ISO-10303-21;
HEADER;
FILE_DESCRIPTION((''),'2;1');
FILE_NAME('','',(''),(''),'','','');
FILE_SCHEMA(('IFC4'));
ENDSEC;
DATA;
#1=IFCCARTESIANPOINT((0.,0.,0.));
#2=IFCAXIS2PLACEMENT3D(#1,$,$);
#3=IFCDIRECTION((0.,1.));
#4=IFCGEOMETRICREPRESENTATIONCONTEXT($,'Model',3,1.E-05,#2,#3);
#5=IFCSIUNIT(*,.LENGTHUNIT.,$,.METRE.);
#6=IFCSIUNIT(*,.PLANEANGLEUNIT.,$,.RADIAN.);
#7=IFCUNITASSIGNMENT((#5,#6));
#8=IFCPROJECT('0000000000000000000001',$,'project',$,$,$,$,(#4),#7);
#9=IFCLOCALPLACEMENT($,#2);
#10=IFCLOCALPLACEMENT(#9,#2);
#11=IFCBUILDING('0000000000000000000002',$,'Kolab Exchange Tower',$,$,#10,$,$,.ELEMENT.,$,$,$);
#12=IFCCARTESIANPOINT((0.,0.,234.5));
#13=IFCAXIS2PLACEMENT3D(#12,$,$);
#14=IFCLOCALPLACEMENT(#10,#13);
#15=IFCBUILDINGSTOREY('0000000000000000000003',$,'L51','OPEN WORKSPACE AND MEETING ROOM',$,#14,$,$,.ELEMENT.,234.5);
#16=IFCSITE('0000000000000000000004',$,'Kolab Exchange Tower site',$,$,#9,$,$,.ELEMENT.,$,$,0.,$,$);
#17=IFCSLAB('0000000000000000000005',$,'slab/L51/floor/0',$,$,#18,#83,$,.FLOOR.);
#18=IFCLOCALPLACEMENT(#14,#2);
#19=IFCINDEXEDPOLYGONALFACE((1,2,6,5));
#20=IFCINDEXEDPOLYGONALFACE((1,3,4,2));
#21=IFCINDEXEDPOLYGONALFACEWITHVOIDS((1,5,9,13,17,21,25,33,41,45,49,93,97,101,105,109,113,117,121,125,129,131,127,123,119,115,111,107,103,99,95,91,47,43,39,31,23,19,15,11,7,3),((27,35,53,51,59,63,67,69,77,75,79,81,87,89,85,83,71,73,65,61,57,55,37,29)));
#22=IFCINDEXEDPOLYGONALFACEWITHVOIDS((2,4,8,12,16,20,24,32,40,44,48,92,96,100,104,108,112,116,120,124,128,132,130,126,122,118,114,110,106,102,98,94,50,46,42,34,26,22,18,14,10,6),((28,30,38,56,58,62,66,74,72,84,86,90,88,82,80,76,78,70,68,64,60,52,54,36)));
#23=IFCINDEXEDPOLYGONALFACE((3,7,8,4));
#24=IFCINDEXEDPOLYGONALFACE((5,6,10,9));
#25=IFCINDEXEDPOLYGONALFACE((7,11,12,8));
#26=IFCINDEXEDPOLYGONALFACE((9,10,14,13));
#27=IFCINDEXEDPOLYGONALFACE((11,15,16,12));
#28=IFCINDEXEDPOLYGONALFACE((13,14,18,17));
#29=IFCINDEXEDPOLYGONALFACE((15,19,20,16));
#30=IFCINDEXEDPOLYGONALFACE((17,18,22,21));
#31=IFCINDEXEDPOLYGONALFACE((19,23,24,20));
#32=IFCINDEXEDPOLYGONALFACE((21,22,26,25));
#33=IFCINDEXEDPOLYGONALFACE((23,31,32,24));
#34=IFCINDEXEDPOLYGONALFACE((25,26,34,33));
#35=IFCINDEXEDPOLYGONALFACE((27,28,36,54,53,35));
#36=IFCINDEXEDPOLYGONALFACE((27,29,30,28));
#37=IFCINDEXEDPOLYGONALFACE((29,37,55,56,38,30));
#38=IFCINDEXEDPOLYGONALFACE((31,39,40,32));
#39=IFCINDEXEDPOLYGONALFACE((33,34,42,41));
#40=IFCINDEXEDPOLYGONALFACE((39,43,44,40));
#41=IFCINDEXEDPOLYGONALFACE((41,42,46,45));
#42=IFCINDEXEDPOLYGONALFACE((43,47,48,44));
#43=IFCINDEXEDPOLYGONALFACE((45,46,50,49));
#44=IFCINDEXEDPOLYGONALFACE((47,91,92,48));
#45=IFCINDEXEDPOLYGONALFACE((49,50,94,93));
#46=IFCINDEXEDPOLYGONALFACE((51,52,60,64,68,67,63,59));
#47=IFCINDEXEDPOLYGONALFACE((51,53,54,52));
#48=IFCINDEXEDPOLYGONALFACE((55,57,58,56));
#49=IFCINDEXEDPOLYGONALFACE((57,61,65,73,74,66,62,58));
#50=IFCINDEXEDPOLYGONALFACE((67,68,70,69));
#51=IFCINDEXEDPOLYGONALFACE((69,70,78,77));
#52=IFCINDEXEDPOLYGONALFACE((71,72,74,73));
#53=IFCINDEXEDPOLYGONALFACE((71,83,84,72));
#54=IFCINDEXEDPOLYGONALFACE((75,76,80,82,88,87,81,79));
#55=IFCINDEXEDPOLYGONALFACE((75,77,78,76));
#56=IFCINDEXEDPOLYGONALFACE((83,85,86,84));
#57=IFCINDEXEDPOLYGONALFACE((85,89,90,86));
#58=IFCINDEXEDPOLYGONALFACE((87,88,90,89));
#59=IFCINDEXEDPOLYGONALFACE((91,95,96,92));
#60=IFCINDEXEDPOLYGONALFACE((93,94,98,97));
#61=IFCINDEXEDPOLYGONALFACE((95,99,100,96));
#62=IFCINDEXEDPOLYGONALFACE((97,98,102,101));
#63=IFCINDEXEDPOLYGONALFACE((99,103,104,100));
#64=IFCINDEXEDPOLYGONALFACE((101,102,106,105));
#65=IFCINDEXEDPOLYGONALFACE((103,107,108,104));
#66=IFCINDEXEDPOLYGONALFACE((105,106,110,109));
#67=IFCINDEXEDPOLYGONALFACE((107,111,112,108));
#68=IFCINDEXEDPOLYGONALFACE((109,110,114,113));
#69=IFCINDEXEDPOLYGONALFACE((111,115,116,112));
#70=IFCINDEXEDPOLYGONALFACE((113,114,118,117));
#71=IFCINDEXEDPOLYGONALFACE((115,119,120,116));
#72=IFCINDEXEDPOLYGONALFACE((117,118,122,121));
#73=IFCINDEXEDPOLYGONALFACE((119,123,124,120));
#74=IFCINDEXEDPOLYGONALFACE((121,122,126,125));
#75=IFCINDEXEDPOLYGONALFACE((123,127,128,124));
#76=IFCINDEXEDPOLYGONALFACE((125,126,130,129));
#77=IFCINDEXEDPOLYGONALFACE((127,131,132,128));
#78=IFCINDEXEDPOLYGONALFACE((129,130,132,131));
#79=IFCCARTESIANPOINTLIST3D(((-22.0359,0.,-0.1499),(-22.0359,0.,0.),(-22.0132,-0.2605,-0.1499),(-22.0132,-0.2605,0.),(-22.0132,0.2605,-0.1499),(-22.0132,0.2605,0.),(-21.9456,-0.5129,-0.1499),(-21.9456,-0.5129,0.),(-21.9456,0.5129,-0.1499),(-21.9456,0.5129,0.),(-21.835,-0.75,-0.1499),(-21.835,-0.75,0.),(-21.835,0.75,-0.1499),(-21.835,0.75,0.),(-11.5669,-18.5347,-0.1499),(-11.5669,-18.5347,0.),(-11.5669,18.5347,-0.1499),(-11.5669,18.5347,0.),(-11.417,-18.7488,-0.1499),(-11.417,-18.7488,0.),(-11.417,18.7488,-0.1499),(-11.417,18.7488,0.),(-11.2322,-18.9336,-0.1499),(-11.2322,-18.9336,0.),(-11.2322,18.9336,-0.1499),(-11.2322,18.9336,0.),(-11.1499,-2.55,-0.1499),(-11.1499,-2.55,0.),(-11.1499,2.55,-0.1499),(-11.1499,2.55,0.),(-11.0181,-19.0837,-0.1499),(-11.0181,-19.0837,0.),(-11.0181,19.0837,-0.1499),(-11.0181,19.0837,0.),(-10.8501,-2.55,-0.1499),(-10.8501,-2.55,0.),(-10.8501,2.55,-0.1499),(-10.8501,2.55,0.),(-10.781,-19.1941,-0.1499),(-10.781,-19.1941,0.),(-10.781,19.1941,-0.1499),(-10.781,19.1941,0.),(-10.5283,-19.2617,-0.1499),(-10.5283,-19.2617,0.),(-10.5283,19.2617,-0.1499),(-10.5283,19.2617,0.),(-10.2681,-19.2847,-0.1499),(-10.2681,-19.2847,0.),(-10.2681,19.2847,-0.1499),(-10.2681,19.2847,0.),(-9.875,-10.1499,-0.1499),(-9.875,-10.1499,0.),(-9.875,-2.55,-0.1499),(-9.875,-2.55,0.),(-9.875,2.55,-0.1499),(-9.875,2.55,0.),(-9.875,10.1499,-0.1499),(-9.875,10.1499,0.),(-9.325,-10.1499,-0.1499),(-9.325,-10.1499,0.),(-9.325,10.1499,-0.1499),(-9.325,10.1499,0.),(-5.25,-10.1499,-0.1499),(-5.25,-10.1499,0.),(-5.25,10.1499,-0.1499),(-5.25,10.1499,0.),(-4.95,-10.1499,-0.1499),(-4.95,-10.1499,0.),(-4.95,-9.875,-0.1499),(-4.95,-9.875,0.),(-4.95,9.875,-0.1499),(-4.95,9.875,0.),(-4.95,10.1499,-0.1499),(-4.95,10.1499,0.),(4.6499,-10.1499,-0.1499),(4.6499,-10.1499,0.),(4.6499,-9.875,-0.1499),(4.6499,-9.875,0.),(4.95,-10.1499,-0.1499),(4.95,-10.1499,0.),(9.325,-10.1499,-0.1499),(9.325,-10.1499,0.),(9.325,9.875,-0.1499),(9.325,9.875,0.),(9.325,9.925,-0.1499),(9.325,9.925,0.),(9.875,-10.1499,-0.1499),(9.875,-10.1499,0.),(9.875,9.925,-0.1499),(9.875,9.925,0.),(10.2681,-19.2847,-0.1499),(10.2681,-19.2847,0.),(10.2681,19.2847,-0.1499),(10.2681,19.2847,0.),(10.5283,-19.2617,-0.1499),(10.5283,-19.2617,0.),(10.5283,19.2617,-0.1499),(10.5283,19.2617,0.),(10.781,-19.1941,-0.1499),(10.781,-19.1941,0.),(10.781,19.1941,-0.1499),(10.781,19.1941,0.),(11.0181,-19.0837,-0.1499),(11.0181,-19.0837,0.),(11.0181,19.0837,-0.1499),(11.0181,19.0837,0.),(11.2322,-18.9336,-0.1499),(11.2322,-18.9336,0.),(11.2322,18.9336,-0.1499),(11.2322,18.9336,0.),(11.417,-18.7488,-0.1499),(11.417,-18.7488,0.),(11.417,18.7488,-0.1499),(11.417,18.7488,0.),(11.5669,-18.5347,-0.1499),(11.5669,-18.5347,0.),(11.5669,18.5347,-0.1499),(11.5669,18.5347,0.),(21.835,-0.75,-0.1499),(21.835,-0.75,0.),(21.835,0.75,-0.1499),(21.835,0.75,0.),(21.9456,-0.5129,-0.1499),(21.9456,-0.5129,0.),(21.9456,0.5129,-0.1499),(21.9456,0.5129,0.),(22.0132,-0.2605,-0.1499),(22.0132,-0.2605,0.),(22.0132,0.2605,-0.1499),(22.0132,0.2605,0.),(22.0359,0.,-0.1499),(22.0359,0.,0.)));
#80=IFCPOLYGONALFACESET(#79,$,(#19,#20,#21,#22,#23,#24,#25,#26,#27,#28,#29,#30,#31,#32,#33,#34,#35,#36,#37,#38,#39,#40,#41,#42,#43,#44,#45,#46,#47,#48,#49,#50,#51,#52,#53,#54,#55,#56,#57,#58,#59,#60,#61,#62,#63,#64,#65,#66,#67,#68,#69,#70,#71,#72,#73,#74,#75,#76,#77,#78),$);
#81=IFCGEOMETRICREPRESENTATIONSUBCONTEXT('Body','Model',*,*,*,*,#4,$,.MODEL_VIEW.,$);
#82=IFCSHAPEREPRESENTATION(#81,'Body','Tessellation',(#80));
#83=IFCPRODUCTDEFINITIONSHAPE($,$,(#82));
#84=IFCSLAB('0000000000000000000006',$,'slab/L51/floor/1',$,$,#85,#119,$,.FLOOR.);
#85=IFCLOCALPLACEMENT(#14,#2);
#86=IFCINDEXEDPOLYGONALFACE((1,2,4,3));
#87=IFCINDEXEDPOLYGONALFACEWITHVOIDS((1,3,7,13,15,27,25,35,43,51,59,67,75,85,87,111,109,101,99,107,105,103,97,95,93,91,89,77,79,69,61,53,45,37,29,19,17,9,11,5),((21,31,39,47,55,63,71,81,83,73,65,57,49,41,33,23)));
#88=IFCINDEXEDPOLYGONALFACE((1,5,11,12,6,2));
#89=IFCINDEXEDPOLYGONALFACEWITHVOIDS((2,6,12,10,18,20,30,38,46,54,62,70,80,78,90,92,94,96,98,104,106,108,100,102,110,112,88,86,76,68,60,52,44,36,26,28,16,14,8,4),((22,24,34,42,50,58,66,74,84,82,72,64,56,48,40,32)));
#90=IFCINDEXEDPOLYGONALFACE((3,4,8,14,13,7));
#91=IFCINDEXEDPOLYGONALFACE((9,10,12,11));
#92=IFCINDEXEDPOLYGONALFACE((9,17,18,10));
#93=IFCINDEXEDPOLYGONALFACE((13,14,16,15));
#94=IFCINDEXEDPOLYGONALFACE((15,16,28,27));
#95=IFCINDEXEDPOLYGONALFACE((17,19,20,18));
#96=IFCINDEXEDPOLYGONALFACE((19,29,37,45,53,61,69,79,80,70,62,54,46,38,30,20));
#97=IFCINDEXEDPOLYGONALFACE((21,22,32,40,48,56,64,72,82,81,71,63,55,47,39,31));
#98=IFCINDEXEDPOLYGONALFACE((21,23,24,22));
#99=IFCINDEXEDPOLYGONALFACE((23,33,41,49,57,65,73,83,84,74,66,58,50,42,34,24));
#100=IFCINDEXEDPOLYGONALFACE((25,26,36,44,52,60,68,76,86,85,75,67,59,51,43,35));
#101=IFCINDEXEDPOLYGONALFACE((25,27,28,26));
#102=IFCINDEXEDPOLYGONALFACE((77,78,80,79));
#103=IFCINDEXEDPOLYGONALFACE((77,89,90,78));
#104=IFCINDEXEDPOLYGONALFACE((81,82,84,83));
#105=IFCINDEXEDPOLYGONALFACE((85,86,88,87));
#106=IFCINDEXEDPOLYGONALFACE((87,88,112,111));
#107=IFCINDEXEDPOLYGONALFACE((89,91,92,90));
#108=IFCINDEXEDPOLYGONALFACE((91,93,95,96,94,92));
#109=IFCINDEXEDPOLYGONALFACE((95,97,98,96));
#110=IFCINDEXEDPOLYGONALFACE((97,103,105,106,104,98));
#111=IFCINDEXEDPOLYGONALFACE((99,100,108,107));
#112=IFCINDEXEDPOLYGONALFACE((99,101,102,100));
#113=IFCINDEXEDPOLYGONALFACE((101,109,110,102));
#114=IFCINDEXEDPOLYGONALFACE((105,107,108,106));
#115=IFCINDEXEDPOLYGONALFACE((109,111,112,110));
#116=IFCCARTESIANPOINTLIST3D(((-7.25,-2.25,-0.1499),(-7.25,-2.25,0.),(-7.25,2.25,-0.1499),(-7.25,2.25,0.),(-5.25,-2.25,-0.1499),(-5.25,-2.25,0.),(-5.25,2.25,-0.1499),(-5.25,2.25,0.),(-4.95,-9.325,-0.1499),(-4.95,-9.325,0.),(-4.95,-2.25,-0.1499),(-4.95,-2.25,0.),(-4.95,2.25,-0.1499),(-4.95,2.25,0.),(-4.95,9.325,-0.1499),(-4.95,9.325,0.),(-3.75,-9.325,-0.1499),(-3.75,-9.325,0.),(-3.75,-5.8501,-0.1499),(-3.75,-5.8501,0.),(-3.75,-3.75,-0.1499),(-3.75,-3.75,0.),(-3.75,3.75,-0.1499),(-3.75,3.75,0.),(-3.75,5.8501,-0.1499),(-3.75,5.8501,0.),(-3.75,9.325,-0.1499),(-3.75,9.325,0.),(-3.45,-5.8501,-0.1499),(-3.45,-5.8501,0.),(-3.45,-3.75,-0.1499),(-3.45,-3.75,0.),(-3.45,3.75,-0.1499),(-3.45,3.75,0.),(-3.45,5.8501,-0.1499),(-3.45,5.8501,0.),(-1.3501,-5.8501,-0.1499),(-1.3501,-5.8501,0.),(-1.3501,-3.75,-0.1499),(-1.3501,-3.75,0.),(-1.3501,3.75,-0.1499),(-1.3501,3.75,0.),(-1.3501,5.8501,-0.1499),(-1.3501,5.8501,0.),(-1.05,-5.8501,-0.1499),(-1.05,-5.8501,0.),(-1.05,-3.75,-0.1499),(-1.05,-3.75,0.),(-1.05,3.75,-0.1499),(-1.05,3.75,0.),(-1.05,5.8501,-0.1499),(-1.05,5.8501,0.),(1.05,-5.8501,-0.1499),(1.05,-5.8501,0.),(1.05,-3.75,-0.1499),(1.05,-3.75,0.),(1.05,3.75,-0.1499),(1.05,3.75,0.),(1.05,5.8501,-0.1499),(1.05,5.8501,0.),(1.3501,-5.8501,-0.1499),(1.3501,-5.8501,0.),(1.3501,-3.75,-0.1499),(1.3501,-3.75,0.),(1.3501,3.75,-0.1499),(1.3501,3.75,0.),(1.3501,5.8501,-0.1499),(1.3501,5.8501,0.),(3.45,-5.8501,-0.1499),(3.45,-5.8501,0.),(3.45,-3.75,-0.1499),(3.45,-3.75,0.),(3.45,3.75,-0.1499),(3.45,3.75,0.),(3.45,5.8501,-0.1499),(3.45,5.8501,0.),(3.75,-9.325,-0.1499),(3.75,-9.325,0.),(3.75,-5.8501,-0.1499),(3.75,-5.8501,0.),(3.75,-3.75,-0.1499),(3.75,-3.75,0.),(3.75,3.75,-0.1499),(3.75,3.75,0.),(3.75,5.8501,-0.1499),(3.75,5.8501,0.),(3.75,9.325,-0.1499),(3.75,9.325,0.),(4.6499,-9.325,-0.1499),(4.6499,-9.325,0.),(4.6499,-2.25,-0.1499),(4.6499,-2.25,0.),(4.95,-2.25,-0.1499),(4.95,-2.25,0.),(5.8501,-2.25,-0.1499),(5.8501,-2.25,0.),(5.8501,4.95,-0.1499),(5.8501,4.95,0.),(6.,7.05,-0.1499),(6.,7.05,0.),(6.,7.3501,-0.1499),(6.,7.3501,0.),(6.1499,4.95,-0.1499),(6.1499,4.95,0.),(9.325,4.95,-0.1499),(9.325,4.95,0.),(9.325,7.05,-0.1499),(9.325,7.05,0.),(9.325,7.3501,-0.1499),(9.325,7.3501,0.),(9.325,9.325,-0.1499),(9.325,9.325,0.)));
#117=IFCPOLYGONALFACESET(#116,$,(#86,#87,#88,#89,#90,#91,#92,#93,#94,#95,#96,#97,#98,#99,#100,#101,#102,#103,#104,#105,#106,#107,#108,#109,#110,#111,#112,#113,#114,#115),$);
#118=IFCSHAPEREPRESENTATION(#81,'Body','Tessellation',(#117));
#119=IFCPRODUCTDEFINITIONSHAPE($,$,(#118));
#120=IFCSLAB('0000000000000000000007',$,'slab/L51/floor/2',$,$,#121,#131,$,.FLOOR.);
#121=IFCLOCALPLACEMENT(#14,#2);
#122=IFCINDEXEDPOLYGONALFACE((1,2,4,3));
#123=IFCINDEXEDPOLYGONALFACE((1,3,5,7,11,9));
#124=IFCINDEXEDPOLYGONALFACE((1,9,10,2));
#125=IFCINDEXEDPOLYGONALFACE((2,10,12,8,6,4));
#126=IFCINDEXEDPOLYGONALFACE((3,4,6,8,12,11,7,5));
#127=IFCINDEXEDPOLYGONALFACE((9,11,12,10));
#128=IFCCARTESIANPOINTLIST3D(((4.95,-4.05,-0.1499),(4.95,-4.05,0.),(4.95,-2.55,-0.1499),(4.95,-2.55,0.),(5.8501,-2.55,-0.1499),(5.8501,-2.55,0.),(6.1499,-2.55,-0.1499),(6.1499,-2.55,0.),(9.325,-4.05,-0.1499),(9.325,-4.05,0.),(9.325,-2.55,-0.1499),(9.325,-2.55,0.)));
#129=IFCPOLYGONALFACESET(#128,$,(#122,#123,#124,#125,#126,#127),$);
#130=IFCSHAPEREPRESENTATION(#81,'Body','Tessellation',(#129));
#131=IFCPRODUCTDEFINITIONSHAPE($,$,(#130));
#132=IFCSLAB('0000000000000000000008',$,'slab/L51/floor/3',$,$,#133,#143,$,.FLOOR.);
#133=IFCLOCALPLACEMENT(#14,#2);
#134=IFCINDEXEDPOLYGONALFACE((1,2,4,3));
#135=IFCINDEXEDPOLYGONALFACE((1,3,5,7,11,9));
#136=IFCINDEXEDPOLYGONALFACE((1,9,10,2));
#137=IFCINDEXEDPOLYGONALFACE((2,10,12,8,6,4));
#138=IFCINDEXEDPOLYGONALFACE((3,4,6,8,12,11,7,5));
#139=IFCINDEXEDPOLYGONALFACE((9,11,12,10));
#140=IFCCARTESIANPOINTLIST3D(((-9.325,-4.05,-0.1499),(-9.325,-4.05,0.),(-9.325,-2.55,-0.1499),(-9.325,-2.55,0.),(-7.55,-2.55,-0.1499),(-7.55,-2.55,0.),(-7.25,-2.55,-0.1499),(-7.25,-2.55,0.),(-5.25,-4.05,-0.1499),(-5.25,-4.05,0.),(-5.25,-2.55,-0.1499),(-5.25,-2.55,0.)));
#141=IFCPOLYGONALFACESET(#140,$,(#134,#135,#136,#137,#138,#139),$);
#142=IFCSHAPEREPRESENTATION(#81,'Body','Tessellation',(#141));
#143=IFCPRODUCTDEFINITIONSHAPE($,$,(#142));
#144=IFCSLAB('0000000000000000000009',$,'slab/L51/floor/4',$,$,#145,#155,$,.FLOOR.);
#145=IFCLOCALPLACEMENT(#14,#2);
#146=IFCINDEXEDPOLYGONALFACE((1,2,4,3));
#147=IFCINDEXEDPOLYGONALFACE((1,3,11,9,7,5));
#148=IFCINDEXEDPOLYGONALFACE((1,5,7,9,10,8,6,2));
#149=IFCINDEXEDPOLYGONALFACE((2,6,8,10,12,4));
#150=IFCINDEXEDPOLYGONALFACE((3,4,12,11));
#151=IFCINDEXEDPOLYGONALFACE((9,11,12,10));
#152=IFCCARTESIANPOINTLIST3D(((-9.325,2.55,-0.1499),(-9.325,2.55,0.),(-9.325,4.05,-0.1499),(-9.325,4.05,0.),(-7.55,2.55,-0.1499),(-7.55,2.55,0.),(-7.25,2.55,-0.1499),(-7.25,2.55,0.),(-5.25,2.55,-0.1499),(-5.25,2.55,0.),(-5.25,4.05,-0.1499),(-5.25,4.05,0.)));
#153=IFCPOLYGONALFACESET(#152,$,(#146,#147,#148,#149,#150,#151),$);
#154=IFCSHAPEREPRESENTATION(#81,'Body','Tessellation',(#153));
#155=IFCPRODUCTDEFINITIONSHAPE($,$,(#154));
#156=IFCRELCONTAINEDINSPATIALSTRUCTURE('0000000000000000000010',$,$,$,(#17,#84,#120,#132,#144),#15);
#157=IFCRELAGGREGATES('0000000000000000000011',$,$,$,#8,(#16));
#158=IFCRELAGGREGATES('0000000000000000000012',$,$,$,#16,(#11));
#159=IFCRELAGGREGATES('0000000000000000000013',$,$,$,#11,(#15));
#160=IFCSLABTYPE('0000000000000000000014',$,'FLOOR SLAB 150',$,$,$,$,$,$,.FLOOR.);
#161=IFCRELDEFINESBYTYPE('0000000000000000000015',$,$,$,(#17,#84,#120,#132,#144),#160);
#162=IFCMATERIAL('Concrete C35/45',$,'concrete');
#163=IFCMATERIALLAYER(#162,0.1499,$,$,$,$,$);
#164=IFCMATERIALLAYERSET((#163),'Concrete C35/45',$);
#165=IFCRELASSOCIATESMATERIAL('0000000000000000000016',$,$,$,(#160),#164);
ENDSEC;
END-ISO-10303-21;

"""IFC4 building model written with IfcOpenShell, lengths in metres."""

from ifc_helpers import new_model, si_unit, direction, frame, origin, place, context, subcontext, project, spatial, polyline, outline, extrude, material, layer, layer_set, type_object, element, save


model = new_model("IFC4")

# Units and contexts
model_context = context("Model", 3, precision=1e-05, world=origin(), true_north=direction((0.0, 1.0)))
body_context = subcontext(model_context, "Body", "Model", "MODEL_VIEW")
ifc_project = project(units=[si_unit("LENGTHUNIT", "METRE"), si_unit("PLANEANGLEUNIT", "RADIAN")], contexts=[model_context])

# Site, building, storey
site_placement = place(None, origin())
site = spatial("IfcSite", under=ifc_project, at=site_placement, Name="Kolab Exchange Tower site", CompositionType="ELEMENT", RefElevation=0.0)
building_placement = place(site_placement, origin())
building = spatial("IfcBuilding", under=site, at=building_placement, Name="Kolab Exchange Tower", CompositionType="ELEMENT")
storey_placement = place(building_placement, frame((0.0, 0.0, 234.5)))
storey = spatial("IfcBuildingStorey", under=building, at=storey_placement, Name="L51", Description="OPEN WORKSPACE AND MEETING ROOM", CompositionType="ELEMENT", Elevation=234.5)

# Slabs
ifc_material_1 = material(Name="Concrete C35/45", Category="concrete")
ifc_layer_1 = layer(ifc_material_1, 0.1499)
ifc_layer_set_1 = layer_set([ifc_layer_1], Name="Concrete C35/45")
slab_type_1 = type_object("IfcSlabType", Name="FLOOR SLAB 150", PredefinedType="FLOOR", material=ifc_layer_set_1)
slab_1_placement = place(storey_placement, frame((0.0, 0.0, -0.1499)))
element("IfcSlab", 1, at=slab_1_placement, inside=storey, type_object=slab_type_1, Name="slab/L51/floor/0", PredefinedType="FLOOR", context=body_context, shape_type="SweptSolid", body=[
    extrude(outline(polyline([(11.5669, -18.5347), (21.835, -0.75), (21.9456, -0.5129), (22.0132, -0.2605), (22.0359, 0.0), (22.0132, 0.2605), (21.9456, 0.5129), (21.835, 0.75), (11.5669, 18.5347), (11.417, 18.7488), (11.2322, 18.9336), (11.0181, 19.0837), (10.781, 19.1941), (10.5283, 19.2617), (10.2681, 19.2847), (-10.2681, 19.2847), (-10.5283, 19.2617), (-10.781, 19.1941), (-11.0181, 19.0837), (-11.2322, 18.9336), (-11.417, 18.7488), (-11.5669, 18.5347), (-21.835, 0.75), (-21.9456, 0.5129), (-22.0132, 0.2605), (-22.0359, 0.0), (-22.0132, -0.2605), (-21.9456, -0.5129), (-21.835, -0.75), (-11.5669, -18.5347), (-11.417, -18.7488), (-11.2322, -18.9336), (-11.0181, -19.0837), (-10.781, -19.1941), (-10.5283, -19.2617), (-10.2681, -19.2847), (10.2681, -19.2847), (10.5283, -19.2617), (10.781, -19.1941), (11.0181, -19.0837), (11.2322, -18.9336), (11.417, -18.7488), (11.5669, -18.5347)]), holes=[polyline([(-9.325, -10.1499), (-9.875, -10.1499), (-9.875, -2.55), (-10.8501, -2.55), (-11.1499, -2.55), (-11.1499, 2.55), (-10.8501, 2.55), (-9.875, 2.55), (-9.875, 10.1499), (-9.325, 10.1499), (-5.25, 10.1499), (-4.95, 10.1499), (-4.95, 9.875), (9.325, 9.875), (9.325, 9.925), (9.875, 9.925), (9.875, -10.1499), (9.325, -10.1499), (4.95, -10.1499), (4.6499, -10.1499), (4.6499, -9.875), (-4.95, -9.875), (-4.95, -10.1499), (-5.25, -10.1499), (-9.325, -10.1499)])]), origin(), (0.0, 0.0, 1.0), 0.1499),
])
slab_2_placement = place(storey_placement, frame((0.0, 0.0, -0.1499)))
element("IfcSlab", 2, at=slab_2_placement, inside=storey, type_object=slab_type_1, Name="slab/L51/floor/1", PredefinedType="FLOOR", context=body_context, shape_type="SweptSolid", body=[
    extrude(outline(polyline([(-4.95, 9.325), (-4.95, 2.25), (-5.25, 2.25), (-7.25, 2.25), (-7.25, -2.25), (-5.25, -2.25), (-4.95, -2.25), (-4.95, -9.325), (-3.75, -9.325), (-3.75, -5.8501), (-3.45, -5.8501), (-1.3501, -5.8501), (-1.05, -5.8501), (1.05, -5.8501), (1.3501, -5.8501), (3.45, -5.8501), (3.75, -5.8501), (3.75, -9.325), (4.6499, -9.325), (4.6499, -2.25), (4.95, -2.25), (5.8501, -2.25), (5.8501, 4.95), (6.1499, 4.95), (9.325, 4.95), (9.325, 7.05), (6.0, 7.05), (6.0, 7.3501), (9.325, 7.3501), (9.325, 9.325), (3.75, 9.325), (3.75, 5.8501), (3.45, 5.8501), (1.3501, 5.8501), (1.05, 5.8501), (-1.05, 5.8501), (-1.3501, 5.8501), (-3.45, 5.8501), (-3.75, 5.8501), (-3.75, 9.325), (-4.95, 9.325)]), holes=[polyline([(-3.45, -3.75), (-3.75, -3.75), (-3.75, 3.75), (-3.45, 3.75), (-1.3501, 3.75), (-1.05, 3.75), (1.05, 3.75), (1.3501, 3.75), (3.45, 3.75), (3.75, 3.75), (3.75, -3.75), (3.45, -3.75), (1.3501, -3.75), (1.05, -3.75), (-1.05, -3.75), (-1.3501, -3.75), (-3.45, -3.75)])]), origin(), (0.0, 0.0, 1.0), 0.1499),
])
slab_3_placement = place(storey_placement, frame((0.0, 0.0, -0.1499)))
element("IfcSlab", 3, at=slab_3_placement, inside=storey, type_object=slab_type_1, Name="slab/L51/floor/2", PredefinedType="FLOOR", context=body_context, shape_type="SweptSolid", body=[
    extrude(outline(polyline([(4.95, -2.55), (4.95, -4.05), (9.325, -4.05), (9.325, -2.55), (6.1499, -2.55), (5.8501, -2.55), (4.95, -2.55)])), origin(), (0.0, 0.0, 1.0), 0.1499),
])
slab_4_placement = place(storey_placement, frame((0.0, 0.0, -0.1499)))
element("IfcSlab", 4, at=slab_4_placement, inside=storey, type_object=slab_type_1, Name="slab/L51/floor/3", PredefinedType="FLOOR", context=body_context, shape_type="SweptSolid", body=[
    extrude(outline(polyline([(-7.55, -2.55), (-9.325, -2.55), (-9.325, -4.05), (-5.25, -4.05), (-5.25, -2.55), (-7.25, -2.55), (-7.55, -2.55)])), origin(), (0.0, 0.0, 1.0), 0.1499),
])
slab_5_placement = place(storey_placement, frame((0.0, 0.0, -0.1499)))
element("IfcSlab", 5, at=slab_5_placement, inside=storey, type_object=slab_type_1, Name="slab/L51/floor/4", PredefinedType="FLOOR", context=body_context, shape_type="SweptSolid", body=[
    extrude(outline(polyline([(-9.325, 4.05), (-9.325, 2.55), (-7.55, 2.55), (-7.25, 2.55), (-5.25, 2.55), (-5.25, 4.05), (-9.325, 4.05)])), origin(), (0.0, 0.0, 1.0), 0.1499),
])

save(model, "model.ifc")
